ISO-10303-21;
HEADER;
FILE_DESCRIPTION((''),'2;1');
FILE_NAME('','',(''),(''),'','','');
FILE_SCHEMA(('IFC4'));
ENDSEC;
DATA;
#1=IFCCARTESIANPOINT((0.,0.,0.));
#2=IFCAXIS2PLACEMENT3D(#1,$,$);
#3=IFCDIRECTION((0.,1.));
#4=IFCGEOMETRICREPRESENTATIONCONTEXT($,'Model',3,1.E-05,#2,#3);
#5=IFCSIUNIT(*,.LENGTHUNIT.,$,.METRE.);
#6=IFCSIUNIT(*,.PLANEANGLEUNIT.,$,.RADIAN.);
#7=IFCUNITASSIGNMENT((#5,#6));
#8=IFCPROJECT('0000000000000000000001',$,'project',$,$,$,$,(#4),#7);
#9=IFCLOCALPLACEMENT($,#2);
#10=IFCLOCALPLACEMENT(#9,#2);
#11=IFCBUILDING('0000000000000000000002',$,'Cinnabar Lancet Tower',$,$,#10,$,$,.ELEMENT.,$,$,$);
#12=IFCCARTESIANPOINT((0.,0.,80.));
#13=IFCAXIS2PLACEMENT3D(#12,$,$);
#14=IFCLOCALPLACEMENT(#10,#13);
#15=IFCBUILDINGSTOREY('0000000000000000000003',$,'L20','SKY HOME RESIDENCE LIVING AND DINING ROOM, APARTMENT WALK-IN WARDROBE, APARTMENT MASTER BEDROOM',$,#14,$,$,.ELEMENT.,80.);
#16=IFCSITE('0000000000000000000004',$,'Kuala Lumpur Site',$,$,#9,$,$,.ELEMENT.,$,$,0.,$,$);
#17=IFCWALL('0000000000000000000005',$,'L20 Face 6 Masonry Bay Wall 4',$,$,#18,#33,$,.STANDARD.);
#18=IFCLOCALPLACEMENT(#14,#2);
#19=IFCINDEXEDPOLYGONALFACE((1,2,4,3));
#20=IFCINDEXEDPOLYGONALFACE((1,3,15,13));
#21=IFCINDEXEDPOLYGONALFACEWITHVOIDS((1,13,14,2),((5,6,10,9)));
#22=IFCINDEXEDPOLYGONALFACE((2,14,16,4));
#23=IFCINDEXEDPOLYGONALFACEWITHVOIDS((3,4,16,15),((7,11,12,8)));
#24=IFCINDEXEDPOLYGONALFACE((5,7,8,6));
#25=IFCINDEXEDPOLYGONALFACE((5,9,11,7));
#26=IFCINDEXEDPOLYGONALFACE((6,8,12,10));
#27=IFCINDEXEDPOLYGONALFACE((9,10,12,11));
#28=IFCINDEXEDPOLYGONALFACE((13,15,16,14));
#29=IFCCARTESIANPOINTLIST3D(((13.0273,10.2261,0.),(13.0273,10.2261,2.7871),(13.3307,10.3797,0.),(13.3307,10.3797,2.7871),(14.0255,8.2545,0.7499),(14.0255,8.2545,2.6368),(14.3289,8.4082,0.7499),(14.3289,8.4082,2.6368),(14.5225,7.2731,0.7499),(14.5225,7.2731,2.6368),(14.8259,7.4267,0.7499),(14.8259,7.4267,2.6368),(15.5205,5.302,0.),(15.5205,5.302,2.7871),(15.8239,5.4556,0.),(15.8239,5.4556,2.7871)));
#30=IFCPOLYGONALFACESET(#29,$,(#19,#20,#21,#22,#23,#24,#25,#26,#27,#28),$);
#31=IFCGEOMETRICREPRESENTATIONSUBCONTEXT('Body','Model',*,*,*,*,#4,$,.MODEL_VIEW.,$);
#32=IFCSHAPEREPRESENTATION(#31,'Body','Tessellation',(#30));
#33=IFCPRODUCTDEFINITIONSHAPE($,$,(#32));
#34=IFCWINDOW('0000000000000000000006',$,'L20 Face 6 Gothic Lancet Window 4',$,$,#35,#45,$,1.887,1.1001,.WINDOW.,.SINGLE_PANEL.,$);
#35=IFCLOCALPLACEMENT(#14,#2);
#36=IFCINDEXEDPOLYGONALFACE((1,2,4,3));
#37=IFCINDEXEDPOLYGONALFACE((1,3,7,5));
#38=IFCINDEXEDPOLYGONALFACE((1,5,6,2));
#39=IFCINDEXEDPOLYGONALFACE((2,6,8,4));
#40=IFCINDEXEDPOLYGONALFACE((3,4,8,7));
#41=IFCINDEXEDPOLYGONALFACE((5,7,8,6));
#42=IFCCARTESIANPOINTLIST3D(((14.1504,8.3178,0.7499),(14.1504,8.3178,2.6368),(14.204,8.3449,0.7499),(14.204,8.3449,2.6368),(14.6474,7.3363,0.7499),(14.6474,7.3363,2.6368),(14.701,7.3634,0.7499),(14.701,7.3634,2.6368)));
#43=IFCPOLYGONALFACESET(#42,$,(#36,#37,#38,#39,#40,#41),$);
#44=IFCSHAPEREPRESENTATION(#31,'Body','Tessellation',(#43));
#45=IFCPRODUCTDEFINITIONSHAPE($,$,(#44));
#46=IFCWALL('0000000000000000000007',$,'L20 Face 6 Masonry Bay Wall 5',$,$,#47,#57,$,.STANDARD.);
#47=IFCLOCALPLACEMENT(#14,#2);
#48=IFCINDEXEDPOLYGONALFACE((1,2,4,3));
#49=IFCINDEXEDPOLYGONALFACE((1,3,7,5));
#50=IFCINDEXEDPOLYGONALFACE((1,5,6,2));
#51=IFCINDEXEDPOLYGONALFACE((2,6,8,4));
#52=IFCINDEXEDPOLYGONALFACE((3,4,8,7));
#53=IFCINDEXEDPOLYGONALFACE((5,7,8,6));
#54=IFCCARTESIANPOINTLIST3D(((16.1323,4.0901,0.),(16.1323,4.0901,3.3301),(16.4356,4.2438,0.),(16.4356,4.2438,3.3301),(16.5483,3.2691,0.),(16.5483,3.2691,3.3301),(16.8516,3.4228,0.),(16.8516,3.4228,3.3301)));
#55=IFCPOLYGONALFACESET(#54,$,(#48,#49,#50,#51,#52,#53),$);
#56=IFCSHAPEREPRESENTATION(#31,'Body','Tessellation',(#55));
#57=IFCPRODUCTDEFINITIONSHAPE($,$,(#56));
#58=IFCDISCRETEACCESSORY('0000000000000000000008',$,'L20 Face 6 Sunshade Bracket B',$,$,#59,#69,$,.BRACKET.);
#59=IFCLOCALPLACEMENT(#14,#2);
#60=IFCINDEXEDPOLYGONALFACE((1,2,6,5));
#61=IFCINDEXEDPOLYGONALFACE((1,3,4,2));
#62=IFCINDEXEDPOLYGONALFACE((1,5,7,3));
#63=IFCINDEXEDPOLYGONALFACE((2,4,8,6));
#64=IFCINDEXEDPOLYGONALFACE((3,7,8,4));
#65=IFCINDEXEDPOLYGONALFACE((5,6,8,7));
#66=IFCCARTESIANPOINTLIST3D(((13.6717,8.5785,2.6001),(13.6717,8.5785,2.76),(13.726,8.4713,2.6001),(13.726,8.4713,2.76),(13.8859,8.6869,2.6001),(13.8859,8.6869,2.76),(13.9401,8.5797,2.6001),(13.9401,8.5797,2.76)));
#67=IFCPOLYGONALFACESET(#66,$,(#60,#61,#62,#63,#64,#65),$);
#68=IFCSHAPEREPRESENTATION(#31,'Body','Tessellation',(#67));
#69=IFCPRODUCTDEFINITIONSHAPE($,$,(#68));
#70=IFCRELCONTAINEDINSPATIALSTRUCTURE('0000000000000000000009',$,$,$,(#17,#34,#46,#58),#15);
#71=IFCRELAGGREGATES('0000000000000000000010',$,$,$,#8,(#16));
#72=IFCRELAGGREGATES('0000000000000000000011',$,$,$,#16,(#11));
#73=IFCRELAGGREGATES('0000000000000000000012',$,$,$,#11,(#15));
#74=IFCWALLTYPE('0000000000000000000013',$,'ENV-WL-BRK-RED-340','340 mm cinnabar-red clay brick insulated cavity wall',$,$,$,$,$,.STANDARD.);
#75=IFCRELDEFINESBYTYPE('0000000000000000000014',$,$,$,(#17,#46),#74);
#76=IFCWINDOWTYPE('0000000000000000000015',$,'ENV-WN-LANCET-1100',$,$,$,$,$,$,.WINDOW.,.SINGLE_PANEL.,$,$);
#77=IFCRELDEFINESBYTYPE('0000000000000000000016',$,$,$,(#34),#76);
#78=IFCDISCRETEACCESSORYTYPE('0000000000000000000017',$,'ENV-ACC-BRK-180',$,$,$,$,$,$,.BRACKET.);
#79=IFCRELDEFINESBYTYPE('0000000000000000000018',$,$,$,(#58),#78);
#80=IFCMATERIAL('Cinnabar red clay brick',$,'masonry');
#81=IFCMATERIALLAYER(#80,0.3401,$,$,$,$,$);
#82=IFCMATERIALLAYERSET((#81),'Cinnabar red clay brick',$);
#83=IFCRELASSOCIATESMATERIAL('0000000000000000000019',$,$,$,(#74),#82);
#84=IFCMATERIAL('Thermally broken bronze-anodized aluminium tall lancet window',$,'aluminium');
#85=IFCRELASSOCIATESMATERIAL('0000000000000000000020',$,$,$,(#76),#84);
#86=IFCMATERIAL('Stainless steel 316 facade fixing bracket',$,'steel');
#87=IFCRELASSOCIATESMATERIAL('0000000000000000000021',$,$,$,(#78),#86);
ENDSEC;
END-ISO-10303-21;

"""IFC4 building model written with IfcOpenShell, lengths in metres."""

from ifc_helpers import new_model, si_unit, direction, frame, frame_2d, origin, origin_2d, place, context, subcontext, project, spatial, rectangle, extrude, material, layer, layer_set, type_object, element, fill, save


model = new_model("IFC4")

# Units and contexts
model_context = context("Model", 3, precision=1e-05, world=origin(), true_north=direction((0.0, 1.0)))
body_context = subcontext(model_context, "Body", "Model", "MODEL_VIEW")
ifc_project = project(units=[si_unit("LENGTHUNIT", "METRE"), si_unit("PLANEANGLEUNIT", "RADIAN")], contexts=[model_context])

# Site, building, storey
site_placement = place(None, origin())
site = spatial("IfcSite", under=ifc_project, at=site_placement, Name="Kuala Lumpur Site", CompositionType="ELEMENT", RefElevation=0.0)
building_placement = place(site_placement, origin())
building = spatial("IfcBuilding", under=site, at=building_placement, Name="Cinnabar Lancet Tower", CompositionType="ELEMENT")
storey_placement = place(building_placement, frame((0.0, 0.0, 80.0)))
storey = spatial("IfcBuildingStorey", under=building, at=storey_placement, Name="L20", Description="SKY HOME RESIDENCE LIVING AND DINING ROOM, APARTMENT WALK-IN WARDROBE, APARTMENT MASTER BEDROOM", CompositionType="ELEMENT", Elevation=80.0)

# Shared definitions
ifc_material_1 = material(Name="Cinnabar red clay brick", Category="masonry")
ifc_layer_1 = layer(ifc_material_1, 0.3401)
ifc_layer_set_1 = layer_set([ifc_layer_1], Name="Cinnabar red clay brick")
wall_type = type_object("IfcWallType", Name="ENV-WL-BRK-RED-340", Description="340 mm cinnabar-red clay brick insulated cavity wall", PredefinedType="STANDARD", material=ifc_layer_set_1)

# Wall, opening, window
wall_1_placement = place(storey_placement, frame((13.179, 10.303, 0.0), z_axis=(0.0, 0.0, 1.0), x_axis=(0.45172, -0.89216, 0.0)))
wall_1 = element("IfcWall", 1, at=wall_1_placement, inside=storey, type_object=wall_type, Name="L20 Face 6 Masonry Bay Wall 4", PredefinedType="STANDARD", context=body_context, shape_type="SweptSolid", body=[
    extrude(rectangle(XDim=5.5193, YDim=0.3401, at=frame_2d((2.7598, 0.0))), origin(), (0.0, 0.0, 1.0), 2.7871),
])
opening_placement = place(wall_1_placement, frame((2.21, 0.0, 0.75)))
opening = element("IfcOpeningElement", 2, at=opening_placement, cuts=wall_1, PredefinedType="OPENING", context=body_context, shape_type="SweptSolid", body=[
    extrude(rectangle(XDim=1.1001, YDim=1.887, at=frame_2d((0.55, 0.9434))), frame((0.0, 0.1799, 0.0), z_axis=(0.0, -1.0, 0.0), x_axis=(1.0, 0.0, 0.0)), (0.0, 0.0, 1.0), 0.3601),
])
ifc_material_2 = material(Name="Thermally broken bronze-anodized aluminium tall lancet window", Category="aluminium")
window_type = type_object("IfcWindowType", Name="ENV-WN-LANCET-1100", PartitioningType="SINGLE_PANEL", PredefinedType="WINDOW", material=ifc_material_2)
window_placement = place(opening_placement, origin())
window = element("IfcWindow", 3, at=window_placement, inside=storey, type_object=window_type, Name="L20 Face 6 Gothic Lancet Window 4", OverallHeight=1.887, OverallWidth=1.1001, PartitioningType="SINGLE_PANEL", PredefinedType="WINDOW", context=body_context, shape_type="SweptSolid", body=[
    extrude(rectangle(XDim=1.1001, YDim=1.887, at=frame_2d((0.55, 0.9434))), frame((0.0, 0.03, 0.0), z_axis=(0.0, -1.0, 0.0), x_axis=(1.0, 0.0, 0.0)), (0.0, 0.0, 1.0), 0.0601),
])
fill(opening, window)

# Wall
wall_2_placement = place(storey_placement, frame((16.2839, 4.167, 0.0), z_axis=(0.0, 0.0, 1.0), x_axis=(0.451982, -0.892027, 0.0)))
element("IfcWall", 4, at=wall_2_placement, inside=storey, type_object=wall_type, Name="L20 Face 6 Masonry Bay Wall 5", PredefinedType="STANDARD", context=body_context, shape_type="SweptSolid", body=[
    extrude(rectangle(XDim=0.9204, YDim=0.3401, at=frame_2d((0.4602, 0.0))), origin(), (0.0, 0.0, 1.0), 3.3301),
])

# Discrete accessory
ifc_material_3 = material(Name="Stainless steel 316 facade fixing bracket", Category="steel")
discrete_accessory_type = type_object("IfcDiscreteAccessoryType", Name="ENV-ACC-BRK-180", PredefinedType="BRACKET", material=ifc_material_3)
discrete_accessory_placement = place(storey_placement, frame((13.8059, 8.5791, 2.6001), z_axis=(0.0, 0.0, 1.0), x_axis=(0.451501, -0.892271, 0.0)))
element("IfcDiscreteAccessory", 5, at=discrete_accessory_placement, inside=storey, type_object=discrete_accessory_type, Name="L20 Face 6 Sunshade Bracket B", PredefinedType="BRACKET", context=body_context, shape_type="SweptSolid", body=[
    extrude(rectangle(XDim=0.1201, YDim=0.24, at=origin_2d()), origin(), (0.0, 0.0, 1.0), 0.1599),
])

save(model, "model.ifc")
